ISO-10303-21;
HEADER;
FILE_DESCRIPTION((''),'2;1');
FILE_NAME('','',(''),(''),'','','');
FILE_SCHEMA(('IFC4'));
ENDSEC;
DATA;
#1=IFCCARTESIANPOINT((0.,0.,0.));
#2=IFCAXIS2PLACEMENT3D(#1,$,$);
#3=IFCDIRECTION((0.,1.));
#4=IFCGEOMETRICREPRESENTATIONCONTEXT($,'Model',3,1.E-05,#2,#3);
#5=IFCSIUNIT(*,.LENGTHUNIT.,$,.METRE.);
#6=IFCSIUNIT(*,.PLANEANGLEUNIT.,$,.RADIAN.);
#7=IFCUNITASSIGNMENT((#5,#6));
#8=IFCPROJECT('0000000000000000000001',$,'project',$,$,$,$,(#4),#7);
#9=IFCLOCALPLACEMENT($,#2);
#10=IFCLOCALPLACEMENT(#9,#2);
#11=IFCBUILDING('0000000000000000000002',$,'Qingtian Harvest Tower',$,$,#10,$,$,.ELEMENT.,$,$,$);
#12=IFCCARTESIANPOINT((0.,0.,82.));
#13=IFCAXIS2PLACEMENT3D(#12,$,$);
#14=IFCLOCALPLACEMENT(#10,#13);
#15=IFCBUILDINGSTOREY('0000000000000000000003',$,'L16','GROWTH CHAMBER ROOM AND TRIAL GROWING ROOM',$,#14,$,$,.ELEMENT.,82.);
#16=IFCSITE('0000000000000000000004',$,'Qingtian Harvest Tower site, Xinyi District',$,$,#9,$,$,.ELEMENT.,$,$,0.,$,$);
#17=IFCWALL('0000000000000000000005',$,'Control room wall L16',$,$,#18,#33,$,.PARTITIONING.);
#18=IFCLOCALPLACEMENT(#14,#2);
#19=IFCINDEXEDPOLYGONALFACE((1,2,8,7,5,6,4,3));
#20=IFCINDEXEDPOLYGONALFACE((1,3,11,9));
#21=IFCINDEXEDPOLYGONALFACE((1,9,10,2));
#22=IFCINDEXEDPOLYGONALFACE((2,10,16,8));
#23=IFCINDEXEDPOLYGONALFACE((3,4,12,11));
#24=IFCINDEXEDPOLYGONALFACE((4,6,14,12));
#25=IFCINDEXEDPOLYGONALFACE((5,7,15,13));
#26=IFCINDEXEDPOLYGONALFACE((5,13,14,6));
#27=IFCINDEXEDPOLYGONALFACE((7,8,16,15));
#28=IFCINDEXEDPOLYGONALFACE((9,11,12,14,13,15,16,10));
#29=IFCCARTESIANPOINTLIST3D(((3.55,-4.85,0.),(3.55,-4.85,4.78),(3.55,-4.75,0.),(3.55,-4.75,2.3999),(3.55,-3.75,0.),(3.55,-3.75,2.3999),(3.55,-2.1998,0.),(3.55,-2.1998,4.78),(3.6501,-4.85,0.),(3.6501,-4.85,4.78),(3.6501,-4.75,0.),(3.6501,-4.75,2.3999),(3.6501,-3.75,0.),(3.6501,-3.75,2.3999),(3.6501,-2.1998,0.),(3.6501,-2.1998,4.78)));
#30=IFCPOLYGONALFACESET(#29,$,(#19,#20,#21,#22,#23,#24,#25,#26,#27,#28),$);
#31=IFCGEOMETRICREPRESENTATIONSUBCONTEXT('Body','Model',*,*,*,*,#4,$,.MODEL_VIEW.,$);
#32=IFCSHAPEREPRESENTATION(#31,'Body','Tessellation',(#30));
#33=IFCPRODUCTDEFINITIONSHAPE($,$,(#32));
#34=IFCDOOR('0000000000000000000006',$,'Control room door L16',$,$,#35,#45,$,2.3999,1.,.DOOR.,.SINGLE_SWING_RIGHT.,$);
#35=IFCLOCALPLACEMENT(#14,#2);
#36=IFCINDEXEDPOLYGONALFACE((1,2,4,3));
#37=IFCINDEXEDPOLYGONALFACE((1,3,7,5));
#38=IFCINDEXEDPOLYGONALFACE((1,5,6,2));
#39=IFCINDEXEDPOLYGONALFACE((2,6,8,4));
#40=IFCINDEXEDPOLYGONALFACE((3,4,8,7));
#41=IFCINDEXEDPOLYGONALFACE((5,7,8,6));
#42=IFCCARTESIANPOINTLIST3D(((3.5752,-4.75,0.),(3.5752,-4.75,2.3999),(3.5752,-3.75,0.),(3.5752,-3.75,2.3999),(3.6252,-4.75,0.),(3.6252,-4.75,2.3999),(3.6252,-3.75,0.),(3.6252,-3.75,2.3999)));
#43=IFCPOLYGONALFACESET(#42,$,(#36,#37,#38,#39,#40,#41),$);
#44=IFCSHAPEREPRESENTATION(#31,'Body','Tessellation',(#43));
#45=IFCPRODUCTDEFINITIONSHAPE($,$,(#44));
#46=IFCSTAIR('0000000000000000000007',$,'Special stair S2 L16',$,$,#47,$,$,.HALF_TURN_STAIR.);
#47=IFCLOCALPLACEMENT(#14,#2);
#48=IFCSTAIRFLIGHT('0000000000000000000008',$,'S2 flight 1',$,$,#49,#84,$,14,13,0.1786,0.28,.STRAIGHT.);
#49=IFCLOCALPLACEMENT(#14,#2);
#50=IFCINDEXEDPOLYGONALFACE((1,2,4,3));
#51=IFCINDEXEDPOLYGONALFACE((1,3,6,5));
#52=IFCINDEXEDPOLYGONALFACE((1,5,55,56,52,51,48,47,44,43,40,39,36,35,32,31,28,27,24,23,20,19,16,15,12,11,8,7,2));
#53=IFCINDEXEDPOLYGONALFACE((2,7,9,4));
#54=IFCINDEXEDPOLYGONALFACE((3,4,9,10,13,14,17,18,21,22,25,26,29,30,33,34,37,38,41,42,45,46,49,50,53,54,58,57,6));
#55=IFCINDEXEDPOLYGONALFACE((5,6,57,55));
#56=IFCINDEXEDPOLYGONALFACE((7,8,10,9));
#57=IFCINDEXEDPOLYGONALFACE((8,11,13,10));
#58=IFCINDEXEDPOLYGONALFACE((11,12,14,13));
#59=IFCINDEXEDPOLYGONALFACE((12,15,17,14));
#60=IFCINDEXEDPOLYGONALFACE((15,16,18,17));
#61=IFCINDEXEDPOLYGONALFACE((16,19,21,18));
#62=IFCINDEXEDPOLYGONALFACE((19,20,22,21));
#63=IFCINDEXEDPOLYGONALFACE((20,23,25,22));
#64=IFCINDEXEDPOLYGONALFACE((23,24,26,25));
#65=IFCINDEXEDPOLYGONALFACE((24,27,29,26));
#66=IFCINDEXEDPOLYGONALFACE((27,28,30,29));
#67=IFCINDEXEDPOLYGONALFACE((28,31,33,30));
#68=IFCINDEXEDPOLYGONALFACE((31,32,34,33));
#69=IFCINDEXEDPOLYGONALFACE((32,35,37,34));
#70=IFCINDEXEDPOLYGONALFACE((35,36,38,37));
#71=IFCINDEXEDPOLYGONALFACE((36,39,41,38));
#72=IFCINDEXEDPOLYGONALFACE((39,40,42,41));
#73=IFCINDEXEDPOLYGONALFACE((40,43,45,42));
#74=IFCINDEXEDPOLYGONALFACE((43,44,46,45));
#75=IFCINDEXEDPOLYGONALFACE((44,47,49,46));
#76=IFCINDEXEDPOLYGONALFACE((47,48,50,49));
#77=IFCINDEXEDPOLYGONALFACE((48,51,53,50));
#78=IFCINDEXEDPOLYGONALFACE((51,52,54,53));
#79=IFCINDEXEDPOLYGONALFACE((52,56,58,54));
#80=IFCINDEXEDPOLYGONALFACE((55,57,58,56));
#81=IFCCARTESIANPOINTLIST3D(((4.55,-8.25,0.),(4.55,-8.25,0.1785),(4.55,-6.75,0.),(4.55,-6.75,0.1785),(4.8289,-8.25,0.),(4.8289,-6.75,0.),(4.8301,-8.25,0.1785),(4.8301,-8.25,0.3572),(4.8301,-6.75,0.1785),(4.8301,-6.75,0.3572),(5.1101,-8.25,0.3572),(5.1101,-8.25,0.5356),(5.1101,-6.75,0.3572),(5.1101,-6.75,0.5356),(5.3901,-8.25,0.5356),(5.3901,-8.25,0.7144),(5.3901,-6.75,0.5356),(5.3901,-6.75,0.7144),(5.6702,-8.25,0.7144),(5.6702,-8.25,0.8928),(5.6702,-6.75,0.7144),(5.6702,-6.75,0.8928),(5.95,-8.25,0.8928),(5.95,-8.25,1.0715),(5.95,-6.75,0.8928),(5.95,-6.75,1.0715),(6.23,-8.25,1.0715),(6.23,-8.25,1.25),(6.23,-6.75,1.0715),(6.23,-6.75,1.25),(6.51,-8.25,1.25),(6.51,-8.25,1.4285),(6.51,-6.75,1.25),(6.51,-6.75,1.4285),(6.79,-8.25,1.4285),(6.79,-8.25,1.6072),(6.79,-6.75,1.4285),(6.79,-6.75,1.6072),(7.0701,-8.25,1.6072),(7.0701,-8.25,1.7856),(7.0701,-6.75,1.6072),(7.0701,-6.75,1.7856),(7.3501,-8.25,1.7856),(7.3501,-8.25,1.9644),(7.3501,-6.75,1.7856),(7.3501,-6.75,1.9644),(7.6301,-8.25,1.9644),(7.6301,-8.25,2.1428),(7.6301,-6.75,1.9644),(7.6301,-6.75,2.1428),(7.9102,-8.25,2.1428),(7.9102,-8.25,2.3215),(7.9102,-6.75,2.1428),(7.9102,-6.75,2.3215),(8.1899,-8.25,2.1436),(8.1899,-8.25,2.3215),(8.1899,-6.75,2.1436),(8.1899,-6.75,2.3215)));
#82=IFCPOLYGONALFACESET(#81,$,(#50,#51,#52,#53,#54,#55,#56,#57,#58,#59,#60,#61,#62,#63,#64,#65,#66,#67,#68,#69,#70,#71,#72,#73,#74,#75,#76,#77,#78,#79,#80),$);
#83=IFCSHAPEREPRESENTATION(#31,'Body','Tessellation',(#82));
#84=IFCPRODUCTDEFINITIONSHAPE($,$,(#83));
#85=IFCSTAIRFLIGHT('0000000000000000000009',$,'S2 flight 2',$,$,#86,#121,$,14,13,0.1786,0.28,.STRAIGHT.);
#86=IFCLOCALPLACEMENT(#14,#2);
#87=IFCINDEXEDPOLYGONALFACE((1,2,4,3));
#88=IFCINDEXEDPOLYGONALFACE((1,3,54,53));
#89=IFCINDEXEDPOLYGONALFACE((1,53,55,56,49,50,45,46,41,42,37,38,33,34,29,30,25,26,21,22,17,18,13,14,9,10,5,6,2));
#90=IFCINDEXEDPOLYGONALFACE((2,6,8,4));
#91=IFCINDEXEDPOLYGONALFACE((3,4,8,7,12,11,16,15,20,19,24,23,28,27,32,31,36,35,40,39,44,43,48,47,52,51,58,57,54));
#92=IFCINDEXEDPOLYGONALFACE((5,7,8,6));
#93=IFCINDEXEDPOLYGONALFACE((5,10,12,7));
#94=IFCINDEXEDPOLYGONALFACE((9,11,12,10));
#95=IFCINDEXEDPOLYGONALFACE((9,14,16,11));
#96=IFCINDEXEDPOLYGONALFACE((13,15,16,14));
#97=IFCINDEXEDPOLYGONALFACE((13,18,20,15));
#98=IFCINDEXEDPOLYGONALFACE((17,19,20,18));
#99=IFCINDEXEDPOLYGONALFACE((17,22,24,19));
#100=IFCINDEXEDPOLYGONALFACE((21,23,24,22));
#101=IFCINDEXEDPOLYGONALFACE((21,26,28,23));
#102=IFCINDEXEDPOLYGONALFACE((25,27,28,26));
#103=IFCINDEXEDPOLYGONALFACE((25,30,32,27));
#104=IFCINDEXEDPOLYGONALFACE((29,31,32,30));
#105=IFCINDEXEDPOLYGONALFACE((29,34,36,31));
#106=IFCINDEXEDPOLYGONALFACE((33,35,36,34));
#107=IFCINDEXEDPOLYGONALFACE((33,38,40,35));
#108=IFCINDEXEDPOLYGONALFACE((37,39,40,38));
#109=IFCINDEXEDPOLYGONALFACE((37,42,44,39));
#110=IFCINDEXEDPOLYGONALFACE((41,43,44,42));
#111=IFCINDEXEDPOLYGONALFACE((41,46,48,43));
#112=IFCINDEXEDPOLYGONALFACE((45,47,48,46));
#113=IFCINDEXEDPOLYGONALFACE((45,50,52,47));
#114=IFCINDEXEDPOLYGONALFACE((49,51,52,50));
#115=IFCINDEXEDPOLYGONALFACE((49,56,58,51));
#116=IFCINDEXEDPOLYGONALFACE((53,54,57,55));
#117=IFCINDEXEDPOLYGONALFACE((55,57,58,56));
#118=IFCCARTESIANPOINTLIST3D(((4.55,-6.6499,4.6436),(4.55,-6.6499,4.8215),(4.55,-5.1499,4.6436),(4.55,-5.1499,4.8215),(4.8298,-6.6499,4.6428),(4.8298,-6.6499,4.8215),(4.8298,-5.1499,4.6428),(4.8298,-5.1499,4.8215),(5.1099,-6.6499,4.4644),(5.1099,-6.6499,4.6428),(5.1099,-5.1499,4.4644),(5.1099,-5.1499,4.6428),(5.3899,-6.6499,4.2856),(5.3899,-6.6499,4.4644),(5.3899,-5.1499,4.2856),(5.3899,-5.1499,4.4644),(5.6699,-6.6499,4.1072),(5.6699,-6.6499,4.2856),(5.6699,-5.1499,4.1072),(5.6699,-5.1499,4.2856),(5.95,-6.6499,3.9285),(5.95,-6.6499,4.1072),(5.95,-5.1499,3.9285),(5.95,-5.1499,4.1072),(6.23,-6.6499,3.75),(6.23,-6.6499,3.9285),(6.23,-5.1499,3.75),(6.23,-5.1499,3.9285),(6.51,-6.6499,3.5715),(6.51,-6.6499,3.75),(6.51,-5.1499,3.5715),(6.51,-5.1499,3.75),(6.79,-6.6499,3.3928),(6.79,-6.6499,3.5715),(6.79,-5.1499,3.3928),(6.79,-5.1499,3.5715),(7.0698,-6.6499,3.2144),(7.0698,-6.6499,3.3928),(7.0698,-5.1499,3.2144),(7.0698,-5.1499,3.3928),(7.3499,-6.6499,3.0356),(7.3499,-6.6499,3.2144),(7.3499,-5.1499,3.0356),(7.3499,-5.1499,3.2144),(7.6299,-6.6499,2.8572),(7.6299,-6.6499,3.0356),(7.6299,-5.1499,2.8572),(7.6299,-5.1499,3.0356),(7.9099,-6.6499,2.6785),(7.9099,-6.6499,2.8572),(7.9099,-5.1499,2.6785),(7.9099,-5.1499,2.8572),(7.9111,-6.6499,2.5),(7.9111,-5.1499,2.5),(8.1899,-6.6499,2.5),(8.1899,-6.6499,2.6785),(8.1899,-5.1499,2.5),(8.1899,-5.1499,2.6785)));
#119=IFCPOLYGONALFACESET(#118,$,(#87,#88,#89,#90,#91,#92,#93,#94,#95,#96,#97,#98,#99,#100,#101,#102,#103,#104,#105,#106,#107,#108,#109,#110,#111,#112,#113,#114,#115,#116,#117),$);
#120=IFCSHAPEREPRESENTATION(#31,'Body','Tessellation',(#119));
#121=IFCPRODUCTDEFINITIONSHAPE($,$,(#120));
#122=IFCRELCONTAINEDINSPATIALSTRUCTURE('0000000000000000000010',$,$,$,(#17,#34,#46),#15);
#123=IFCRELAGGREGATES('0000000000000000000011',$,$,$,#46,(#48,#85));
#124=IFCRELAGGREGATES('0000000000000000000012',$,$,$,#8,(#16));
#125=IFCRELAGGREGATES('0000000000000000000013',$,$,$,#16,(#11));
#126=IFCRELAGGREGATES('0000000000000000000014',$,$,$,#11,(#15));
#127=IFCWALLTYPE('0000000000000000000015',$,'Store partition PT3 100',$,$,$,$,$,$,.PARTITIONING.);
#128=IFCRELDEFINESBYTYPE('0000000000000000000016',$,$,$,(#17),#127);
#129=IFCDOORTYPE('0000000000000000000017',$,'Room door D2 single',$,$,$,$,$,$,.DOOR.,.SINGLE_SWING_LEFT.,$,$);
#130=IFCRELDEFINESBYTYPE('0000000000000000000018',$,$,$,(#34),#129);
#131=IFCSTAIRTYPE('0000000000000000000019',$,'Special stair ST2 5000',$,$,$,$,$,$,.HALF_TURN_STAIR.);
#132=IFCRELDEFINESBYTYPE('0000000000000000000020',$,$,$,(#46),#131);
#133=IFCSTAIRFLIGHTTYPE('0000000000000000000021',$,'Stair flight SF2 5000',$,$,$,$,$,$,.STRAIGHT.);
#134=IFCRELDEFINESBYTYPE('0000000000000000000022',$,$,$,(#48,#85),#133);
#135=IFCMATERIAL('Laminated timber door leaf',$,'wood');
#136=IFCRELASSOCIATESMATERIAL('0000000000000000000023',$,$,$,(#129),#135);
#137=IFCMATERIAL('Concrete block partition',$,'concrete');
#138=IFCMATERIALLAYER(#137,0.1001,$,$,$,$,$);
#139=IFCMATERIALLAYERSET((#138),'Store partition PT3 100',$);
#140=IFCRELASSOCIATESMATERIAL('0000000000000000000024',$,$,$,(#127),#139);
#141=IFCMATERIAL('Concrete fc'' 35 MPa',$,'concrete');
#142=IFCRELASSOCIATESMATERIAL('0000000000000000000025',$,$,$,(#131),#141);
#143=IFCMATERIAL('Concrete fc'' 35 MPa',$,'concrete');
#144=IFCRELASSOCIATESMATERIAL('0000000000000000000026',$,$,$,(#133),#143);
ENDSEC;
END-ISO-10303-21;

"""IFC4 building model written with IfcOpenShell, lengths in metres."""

from ifc_helpers import new_model, si_unit, direction, frame, frame_2d, origin, place, context, subcontext, project, spatial, polyline, rectangle, outline, extrude, material, layer, layer_set, type_object, element, fill, aggregate, save


model = new_model("IFC4")

# Units and contexts
model_context = context("Model", 3, precision=1e-05, world=origin(), true_north=direction((0.0, 1.0)))
body_context = subcontext(model_context, "Body", "Model", "MODEL_VIEW")
ifc_project = project(units=[si_unit("LENGTHUNIT", "METRE"), si_unit("PLANEANGLEUNIT", "RADIAN")], contexts=[model_context])

# Site, building, storey
site_placement = place(None, origin())
site = spatial("IfcSite", under=ifc_project, at=site_placement, Name="Qingtian Harvest Tower site, Xinyi District", CompositionType="ELEMENT", RefElevation=0.0)
building_placement = place(site_placement, origin())
building = spatial("IfcBuilding", under=site, at=building_placement, Name="Qingtian Harvest Tower", CompositionType="ELEMENT")
storey_placement = place(building_placement, frame((0.0, 0.0, 82.0)))
storey = spatial("IfcBuildingStorey", under=building, at=storey_placement, Name="L16", Description="GROWTH CHAMBER ROOM AND TRIAL GROWING ROOM", CompositionType="ELEMENT", Elevation=82.0)

# Wall, opening, door
ifc_material_1 = material(Name="Laminated timber door leaf", Category="wood")
door_type_1 = type_object("IfcDoorType", Name="Room door D2 single", OperationType="SINGLE_SWING_LEFT", PredefinedType="DOOR", material=ifc_material_1)
ifc_material_2 = material(Name="Concrete block partition", Category="concrete")
ifc_layer_1 = layer(ifc_material_2, 0.1001)
ifc_layer_set_1 = layer_set([ifc_layer_1], Name="Store partition PT3 100")
wall_type_1 = type_object("IfcWallType", Name="Store partition PT3 100", PredefinedType="PARTITIONING", material=ifc_layer_set_1)
wall_1_placement = place(storey_placement, frame((3.6001, -4.8501, 0.0), z_axis=(0.0, 0.0, 1.0), x_axis=(0.0, 1.0, 0.0)))
wall_1 = element("IfcWall", 1, at=wall_1_placement, inside=storey, type_object=wall_type_1, Name="Control room wall L16", PredefinedType="PARTITIONING", context=body_context, shape_type="SweptSolid", body=[
    extrude(rectangle(XDim=2.6501, YDim=0.1001, at=frame_2d((1.3252, 0.0))), origin(), (0.0, 0.0, 1.0), 4.78),
])
opening_1_placement = place(wall_1_placement, frame((0.1001, 0.0, 0.0)))
opening_1 = element("IfcOpeningElement", 2, at=opening_1_placement, cuts=wall_1, PredefinedType="OPENING", context=body_context, shape_type="SweptSolid", body=[
    extrude(rectangle(XDim=1.0, YDim=2.3999, at=frame_2d((0.5, 1.2))), frame((0.0, 0.0601, 0.0), z_axis=(0.0, -1.0, 0.0), x_axis=(1.0, 0.0, 0.0)), (0.0, 0.0, 1.0), 0.1201),
])
door_1_placement = place(opening_1_placement, origin())
door_1 = element("IfcDoor", 3, at=door_1_placement, inside=storey, type_object=door_type_1, Name="Control room door L16", OperationType="SINGLE_SWING_RIGHT", OverallHeight=2.3999, OverallWidth=1.0, PredefinedType="DOOR", context=body_context, shape_type="SweptSolid", body=[
    extrude(rectangle(XDim=1.0, YDim=2.3999, at=frame_2d((0.5, 1.2))), frame((0.0, 0.0249, 0.0), z_axis=(0.0, -1.0, 0.0), x_axis=(1.0, 0.0, 0.0)), (0.0, 0.0, 1.0), 0.05),
])
fill(opening_1, door_1)

# Stair, stair flights
ifc_material_3 = material(Name="Concrete fc' 35 MPa", Category="concrete")
stair_type = type_object("IfcStairType", Name="Special stair ST2 5000", PredefinedType="HALF_TURN_STAIR", material=ifc_material_3)
stair_placement = place(storey_placement, origin())
stair = element("IfcStair", 4, at=stair_placement, inside=storey, type_object=stair_type, Name="Special stair S2 L16", PredefinedType="HALF_TURN_STAIR")
ifc_material_4 = material(Name="Concrete fc' 35 MPa", Category="concrete")
stair_flight_type = type_object("IfcStairFlightType", Name="Stair flight SF2 5000", PredefinedType="STRAIGHT", material=ifc_material_4)
stair_flight_1_placement = place(storey_placement, frame((4.55, -7.5, 0.0), z_axis=(0.0, 0.0, 1.0), x_axis=(1.0, 0.0, 0.0)))
stair_flight_1 = element("IfcStairFlight", 5, at=stair_flight_1_placement, type_object=stair_flight_type, Name="S2 flight 1", NumberOfRisers=14, NumberOfTreads=13, PredefinedType="STRAIGHT", RiserHeight=0.1786, TreadLength=0.28, context=body_context, shape_type="SweptSolid", body=[
    extrude(outline(polyline([(0.0, 0.0), (0.0, 0.1785), (0.28, 0.1785), (0.28, 0.3572), (0.5601, 0.3572), (0.5601, 0.5356), (0.8401, 0.5356), (0.8401, 0.7144), (1.1201, 0.7144), (1.1201, 0.8928), (1.3999, 0.8928), (1.3999, 1.0715), (1.6799, 1.0715), (1.6799, 1.25), (1.96, 1.25), (1.96, 1.4285), (2.24, 1.4285), (2.24, 1.6072), (2.52, 1.6072), (2.52, 1.7856), (2.8, 1.7856), (2.8, 1.9644), (3.0801, 1.9644), (3.0801, 2.1428), (3.3601, 2.1428), (3.3601, 2.3215), (3.6399, 2.3215), (3.6399, 2.5), (3.6399, 2.1436), (0.2788, 0.0), (0.0, 0.0)])), frame((0.0, 0.75, 0.0), z_axis=(0.0, -1.0, 0.0), x_axis=(1.0, 0.0, 0.0)), (0.0, 0.0, 1.0), 1.5),
])
stair_flight_2_placement = place(storey_placement, frame((8.1899, -5.8999, 2.5), z_axis=(0.0, 0.0, 1.0), x_axis=(-1.0, 0.0, 0.0)))
stair_flight_2 = element("IfcStairFlight", 6, at=stair_flight_2_placement, type_object=stair_flight_type, Name="S2 flight 2", NumberOfRisers=14, NumberOfTreads=13, PredefinedType="STRAIGHT", RiserHeight=0.1786, TreadLength=0.28, context=body_context, shape_type="SweptSolid", body=[
    extrude(outline(polyline([(0.0, 0.0), (0.0, 0.1785), (0.28, 0.1785), (0.28, 0.3572), (0.5601, 0.3572), (0.5601, 0.5356), (0.8401, 0.5356), (0.8401, 0.7144), (1.1201, 0.7144), (1.1201, 0.8928), (1.3999, 0.8928), (1.3999, 1.0715), (1.6799, 1.0715), (1.6799, 1.25), (1.96, 1.25), (1.96, 1.4285), (2.24, 1.4285), (2.24, 1.6072), (2.52, 1.6072), (2.52, 1.7856), (2.8, 1.7856), (2.8, 1.9644), (3.0801, 1.9644), (3.0801, 2.1428), (3.3601, 2.1428), (3.3601, 2.3215), (3.6399, 2.3215), (3.6399, 2.5), (3.6399, 2.1436), (0.2788, 0.0), (0.0, 0.0)])), frame((0.0, 0.75, 0.0), z_axis=(0.0, -1.0, 0.0), x_axis=(1.0, 0.0, 0.0)), (0.0, 0.0, 1.0), 1.5),
])
aggregate(stair, [stair_flight_1, stair_flight_2])

save(model, "model.ifc")
